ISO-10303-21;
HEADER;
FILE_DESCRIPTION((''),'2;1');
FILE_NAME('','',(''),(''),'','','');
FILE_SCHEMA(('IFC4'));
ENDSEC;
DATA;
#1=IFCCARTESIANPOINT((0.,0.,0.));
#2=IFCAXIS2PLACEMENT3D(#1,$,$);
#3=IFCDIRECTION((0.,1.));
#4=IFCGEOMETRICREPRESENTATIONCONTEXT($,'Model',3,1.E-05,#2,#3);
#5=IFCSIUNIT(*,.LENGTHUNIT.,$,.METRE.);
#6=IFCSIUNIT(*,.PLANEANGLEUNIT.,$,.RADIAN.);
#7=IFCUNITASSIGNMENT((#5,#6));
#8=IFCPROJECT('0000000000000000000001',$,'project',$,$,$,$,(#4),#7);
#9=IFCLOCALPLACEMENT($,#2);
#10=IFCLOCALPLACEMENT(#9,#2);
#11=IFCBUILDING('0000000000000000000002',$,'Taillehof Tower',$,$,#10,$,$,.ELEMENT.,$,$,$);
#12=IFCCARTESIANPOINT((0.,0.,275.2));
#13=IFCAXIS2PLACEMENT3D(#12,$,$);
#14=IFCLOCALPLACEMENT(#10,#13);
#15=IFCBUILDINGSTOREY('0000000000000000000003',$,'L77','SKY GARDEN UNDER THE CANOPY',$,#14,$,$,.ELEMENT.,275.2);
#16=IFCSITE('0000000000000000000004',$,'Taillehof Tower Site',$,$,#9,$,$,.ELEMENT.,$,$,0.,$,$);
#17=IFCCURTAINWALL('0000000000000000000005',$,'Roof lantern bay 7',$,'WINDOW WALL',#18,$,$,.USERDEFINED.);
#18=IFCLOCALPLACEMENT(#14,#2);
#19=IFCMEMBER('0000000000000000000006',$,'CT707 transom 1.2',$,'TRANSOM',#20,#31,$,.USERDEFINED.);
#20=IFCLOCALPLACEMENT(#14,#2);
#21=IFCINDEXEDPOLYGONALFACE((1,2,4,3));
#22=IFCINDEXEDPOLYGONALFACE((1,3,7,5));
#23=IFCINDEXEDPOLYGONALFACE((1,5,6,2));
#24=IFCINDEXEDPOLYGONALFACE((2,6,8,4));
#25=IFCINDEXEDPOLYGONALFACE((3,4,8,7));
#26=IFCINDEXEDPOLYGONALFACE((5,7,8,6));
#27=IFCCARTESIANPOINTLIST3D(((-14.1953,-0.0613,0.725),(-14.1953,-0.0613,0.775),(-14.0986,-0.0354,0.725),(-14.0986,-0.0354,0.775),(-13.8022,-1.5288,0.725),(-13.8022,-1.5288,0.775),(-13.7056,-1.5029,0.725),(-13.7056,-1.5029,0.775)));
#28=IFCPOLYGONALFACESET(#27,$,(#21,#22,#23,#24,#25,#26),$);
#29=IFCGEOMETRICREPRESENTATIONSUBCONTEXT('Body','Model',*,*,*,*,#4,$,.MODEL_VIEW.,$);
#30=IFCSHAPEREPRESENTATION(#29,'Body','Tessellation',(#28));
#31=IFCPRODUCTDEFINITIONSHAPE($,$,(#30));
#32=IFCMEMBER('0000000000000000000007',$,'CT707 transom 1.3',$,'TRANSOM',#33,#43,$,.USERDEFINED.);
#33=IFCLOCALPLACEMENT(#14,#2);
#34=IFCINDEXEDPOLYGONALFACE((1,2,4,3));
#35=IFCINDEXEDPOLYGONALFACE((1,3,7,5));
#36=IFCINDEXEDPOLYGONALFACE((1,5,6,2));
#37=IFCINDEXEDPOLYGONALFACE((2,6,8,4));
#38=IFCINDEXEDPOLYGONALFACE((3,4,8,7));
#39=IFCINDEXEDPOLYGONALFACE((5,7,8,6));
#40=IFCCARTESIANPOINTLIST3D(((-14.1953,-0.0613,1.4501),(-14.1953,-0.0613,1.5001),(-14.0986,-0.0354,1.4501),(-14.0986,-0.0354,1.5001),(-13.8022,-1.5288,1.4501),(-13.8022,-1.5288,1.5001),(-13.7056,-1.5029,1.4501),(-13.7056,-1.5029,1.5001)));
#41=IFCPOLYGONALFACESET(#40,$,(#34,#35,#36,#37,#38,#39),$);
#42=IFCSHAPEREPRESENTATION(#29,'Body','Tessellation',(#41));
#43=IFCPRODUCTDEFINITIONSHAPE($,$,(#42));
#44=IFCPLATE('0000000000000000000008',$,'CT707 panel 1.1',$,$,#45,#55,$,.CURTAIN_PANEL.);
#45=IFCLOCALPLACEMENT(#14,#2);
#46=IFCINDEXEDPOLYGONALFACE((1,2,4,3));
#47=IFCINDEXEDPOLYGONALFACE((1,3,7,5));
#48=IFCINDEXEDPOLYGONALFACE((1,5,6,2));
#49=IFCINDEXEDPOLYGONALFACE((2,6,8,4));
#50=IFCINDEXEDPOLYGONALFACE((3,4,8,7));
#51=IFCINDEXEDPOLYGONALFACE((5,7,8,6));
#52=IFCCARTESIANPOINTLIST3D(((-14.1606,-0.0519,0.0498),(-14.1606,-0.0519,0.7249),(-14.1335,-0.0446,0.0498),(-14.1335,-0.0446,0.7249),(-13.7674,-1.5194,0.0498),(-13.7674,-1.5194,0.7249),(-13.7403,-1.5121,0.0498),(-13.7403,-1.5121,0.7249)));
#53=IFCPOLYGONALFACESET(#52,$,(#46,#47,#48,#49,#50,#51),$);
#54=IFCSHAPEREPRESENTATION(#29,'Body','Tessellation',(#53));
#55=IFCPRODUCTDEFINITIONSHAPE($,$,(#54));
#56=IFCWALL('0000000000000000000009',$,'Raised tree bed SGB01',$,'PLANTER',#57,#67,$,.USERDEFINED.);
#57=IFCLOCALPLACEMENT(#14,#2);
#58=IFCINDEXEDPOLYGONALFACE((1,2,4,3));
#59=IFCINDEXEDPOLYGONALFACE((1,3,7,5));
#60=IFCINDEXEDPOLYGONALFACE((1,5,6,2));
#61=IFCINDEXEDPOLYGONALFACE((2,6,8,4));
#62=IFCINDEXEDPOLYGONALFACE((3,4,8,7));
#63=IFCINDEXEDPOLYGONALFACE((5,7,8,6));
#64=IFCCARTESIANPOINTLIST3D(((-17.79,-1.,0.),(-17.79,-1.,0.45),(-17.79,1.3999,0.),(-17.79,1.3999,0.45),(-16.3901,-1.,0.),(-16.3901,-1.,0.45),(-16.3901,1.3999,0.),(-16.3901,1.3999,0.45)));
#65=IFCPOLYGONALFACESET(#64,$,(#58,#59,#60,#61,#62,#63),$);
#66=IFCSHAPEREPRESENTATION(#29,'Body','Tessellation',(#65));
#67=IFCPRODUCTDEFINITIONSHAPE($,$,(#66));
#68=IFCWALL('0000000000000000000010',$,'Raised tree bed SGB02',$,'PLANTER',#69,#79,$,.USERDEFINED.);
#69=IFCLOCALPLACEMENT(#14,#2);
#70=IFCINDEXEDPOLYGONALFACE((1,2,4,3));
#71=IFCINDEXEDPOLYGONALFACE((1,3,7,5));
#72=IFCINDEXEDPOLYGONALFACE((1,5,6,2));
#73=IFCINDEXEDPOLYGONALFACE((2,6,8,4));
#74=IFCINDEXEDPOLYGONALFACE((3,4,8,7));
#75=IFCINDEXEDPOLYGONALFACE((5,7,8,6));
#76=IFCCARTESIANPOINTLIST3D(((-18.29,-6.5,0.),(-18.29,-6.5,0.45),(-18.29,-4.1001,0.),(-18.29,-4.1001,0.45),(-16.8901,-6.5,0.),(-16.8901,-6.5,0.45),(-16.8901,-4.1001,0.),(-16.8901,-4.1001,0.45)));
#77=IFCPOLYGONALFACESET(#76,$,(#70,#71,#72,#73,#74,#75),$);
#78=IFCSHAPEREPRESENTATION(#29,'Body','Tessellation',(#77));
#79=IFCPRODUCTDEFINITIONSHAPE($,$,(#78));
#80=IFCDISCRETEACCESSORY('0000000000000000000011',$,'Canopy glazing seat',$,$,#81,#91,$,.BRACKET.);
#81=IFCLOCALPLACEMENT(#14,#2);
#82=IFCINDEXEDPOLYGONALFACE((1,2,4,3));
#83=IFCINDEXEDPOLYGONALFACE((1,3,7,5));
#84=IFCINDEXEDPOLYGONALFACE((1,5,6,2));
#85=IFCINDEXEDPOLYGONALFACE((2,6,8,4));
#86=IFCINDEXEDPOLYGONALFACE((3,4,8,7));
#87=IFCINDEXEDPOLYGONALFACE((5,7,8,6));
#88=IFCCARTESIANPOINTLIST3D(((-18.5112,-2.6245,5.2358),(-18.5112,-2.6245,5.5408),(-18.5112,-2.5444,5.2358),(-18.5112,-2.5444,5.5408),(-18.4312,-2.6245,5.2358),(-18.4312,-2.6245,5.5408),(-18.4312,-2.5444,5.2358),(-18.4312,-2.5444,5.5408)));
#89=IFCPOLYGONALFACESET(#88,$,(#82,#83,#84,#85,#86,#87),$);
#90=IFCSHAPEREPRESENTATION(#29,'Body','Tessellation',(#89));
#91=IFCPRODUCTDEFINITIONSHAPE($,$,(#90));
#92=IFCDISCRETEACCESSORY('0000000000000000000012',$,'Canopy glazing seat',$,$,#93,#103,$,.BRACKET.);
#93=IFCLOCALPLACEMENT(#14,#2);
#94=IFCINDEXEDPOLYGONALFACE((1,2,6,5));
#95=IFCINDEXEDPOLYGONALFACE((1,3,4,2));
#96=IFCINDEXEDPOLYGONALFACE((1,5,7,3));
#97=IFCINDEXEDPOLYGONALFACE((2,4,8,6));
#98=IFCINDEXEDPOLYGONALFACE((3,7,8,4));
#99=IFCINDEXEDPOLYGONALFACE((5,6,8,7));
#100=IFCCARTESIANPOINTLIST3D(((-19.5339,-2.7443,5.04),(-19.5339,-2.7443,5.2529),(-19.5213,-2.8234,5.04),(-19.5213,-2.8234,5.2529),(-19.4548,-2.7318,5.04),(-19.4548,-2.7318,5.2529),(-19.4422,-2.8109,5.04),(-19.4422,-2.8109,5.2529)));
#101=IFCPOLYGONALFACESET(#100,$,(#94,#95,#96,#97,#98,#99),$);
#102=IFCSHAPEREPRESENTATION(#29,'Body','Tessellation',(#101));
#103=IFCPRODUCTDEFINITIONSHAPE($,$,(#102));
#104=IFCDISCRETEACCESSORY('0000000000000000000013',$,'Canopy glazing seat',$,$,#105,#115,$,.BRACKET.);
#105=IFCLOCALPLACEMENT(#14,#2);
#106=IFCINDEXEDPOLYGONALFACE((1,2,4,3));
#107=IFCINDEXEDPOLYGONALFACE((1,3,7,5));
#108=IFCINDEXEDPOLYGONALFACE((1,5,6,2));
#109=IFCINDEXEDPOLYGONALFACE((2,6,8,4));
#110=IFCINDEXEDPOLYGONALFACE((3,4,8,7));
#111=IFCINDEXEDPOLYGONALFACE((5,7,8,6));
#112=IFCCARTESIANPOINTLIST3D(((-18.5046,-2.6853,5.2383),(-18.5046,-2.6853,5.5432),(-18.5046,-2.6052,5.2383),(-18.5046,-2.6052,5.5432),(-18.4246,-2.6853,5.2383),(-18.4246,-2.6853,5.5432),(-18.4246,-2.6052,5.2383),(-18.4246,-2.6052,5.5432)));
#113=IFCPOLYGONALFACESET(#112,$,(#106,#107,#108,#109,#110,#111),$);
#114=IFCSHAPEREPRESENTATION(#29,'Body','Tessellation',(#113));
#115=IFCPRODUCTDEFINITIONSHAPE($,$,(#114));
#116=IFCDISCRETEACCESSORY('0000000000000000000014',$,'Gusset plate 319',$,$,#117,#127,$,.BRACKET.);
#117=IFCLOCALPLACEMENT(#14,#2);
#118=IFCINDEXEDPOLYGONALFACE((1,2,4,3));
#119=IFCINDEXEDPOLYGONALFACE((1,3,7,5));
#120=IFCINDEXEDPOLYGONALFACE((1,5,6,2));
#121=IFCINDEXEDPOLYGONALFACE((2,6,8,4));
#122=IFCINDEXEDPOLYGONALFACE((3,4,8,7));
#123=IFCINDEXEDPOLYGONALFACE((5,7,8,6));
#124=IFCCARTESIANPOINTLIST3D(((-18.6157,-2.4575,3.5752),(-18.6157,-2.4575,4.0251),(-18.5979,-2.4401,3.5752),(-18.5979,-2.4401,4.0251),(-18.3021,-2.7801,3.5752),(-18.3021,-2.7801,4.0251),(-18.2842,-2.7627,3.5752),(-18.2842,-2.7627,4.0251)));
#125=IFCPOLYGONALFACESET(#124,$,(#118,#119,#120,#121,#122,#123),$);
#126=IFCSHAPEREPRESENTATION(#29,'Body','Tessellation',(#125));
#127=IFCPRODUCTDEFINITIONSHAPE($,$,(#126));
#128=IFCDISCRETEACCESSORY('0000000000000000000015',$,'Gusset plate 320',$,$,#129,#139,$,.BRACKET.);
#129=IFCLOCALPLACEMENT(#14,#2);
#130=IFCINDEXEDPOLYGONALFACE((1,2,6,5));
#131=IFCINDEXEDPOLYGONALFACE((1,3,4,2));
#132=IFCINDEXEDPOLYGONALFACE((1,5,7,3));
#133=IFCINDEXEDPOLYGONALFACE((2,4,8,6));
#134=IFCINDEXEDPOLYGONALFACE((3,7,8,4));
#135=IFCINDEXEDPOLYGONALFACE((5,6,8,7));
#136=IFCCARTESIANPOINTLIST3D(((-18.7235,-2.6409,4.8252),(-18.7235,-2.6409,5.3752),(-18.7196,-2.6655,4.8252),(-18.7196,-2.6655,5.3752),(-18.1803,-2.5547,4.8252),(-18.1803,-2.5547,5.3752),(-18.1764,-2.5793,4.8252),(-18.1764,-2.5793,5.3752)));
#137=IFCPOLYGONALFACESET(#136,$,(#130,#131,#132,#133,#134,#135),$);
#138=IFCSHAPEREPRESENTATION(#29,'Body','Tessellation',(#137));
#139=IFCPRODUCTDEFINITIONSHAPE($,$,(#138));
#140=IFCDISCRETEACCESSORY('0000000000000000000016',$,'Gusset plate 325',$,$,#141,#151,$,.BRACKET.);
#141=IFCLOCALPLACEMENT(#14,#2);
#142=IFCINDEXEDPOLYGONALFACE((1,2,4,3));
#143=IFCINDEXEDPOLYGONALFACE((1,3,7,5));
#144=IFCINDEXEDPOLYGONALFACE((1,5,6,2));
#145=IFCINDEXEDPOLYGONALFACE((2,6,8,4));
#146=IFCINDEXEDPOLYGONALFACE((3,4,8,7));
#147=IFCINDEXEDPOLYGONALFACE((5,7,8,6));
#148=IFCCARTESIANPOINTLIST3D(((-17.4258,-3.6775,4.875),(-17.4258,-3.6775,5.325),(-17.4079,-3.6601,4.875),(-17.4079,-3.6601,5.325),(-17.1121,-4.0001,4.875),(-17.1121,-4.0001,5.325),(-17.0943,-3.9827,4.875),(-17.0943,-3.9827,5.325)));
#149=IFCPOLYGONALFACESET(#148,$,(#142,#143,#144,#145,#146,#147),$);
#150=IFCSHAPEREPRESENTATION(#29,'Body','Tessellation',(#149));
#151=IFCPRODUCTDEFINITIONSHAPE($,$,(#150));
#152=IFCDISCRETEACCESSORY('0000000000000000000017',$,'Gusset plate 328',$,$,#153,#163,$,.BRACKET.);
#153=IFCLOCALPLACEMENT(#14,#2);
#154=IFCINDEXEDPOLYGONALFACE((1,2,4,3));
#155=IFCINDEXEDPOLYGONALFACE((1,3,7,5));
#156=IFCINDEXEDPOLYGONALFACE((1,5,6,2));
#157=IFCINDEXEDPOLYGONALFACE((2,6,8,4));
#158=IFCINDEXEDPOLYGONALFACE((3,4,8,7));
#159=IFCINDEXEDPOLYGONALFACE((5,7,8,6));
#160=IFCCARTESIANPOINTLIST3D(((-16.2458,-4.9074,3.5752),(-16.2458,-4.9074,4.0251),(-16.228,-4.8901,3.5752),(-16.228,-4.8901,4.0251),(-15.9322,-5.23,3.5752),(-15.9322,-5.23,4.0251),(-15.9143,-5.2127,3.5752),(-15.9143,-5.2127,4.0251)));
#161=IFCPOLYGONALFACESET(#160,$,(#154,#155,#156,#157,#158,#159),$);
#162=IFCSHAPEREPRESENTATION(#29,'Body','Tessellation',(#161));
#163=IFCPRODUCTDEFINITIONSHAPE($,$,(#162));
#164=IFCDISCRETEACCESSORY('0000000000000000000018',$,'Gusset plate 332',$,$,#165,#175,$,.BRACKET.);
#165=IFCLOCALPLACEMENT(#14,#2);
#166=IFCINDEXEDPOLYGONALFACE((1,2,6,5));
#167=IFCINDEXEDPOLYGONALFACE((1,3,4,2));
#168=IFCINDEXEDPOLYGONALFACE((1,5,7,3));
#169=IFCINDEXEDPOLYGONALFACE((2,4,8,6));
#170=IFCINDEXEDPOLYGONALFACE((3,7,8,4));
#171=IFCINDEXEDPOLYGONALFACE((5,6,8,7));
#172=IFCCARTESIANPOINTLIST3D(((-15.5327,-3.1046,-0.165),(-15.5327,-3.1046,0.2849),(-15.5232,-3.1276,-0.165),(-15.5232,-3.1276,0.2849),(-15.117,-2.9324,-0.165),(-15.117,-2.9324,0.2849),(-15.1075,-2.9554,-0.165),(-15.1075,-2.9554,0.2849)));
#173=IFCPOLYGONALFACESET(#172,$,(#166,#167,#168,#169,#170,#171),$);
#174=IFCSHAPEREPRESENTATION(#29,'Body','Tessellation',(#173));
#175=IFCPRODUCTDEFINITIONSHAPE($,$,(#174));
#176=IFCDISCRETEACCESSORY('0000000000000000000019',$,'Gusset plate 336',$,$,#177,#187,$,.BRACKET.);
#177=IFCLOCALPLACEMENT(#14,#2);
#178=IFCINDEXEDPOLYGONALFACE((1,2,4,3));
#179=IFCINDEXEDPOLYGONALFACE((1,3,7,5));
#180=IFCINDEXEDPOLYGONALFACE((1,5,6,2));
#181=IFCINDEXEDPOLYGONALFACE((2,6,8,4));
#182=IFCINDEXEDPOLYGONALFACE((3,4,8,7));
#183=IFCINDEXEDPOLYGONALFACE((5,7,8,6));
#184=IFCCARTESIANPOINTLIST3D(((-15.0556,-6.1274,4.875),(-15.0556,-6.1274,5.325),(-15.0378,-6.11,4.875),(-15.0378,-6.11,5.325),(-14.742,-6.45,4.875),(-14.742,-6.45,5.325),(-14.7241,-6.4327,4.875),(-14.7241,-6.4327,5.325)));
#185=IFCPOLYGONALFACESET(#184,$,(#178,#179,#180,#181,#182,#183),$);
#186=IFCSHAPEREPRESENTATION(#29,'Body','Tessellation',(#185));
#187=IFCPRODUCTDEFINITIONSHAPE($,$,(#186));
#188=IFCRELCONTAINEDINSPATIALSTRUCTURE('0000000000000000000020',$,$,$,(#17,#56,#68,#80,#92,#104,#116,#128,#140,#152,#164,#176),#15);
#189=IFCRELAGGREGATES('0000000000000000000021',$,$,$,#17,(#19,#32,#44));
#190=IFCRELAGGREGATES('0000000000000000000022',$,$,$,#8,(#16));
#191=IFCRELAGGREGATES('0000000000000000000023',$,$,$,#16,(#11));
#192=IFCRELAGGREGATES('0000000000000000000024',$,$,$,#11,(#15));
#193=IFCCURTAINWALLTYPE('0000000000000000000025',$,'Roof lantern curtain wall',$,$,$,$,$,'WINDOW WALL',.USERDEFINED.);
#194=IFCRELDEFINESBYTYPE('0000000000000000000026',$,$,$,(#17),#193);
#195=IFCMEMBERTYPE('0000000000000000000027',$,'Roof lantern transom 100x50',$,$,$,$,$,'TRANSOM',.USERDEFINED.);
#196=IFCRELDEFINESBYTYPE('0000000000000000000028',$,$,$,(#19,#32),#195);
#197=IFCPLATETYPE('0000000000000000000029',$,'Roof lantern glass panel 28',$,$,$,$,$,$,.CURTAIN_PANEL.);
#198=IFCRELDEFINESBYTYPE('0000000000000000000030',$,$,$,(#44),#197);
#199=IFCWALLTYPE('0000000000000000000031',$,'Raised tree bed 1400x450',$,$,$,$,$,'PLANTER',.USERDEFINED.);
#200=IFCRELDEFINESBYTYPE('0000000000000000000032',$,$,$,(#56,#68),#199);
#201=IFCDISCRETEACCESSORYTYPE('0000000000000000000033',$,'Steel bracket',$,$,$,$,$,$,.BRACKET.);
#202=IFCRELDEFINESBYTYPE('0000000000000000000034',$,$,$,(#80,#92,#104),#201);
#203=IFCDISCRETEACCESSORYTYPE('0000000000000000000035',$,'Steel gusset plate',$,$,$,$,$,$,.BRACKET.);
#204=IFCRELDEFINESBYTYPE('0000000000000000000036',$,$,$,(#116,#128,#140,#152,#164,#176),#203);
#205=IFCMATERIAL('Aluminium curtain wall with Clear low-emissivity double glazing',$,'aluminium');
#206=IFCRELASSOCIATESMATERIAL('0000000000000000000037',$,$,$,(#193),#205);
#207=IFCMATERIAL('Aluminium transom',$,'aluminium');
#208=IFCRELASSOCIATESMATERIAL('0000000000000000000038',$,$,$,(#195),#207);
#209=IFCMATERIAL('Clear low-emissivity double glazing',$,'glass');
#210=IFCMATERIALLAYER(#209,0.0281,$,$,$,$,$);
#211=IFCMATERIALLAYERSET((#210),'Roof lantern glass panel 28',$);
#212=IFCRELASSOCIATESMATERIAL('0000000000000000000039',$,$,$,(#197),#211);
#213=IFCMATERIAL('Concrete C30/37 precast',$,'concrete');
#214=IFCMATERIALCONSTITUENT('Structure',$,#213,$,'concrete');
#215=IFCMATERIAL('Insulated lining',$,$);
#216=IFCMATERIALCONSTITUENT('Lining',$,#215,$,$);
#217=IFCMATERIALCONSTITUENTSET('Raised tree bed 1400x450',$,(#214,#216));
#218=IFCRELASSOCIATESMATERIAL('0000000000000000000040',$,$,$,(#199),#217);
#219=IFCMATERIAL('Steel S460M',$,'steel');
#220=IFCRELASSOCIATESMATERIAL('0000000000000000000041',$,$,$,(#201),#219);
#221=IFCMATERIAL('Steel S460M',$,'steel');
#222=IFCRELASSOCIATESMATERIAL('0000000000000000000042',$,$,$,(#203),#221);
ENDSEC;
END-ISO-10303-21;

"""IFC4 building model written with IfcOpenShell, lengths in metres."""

from ifc_helpers import new_model, si_unit, direction, frame, frame_2d, origin, origin_2d, place, context, subcontext, project, spatial, rectangle, extrude, material, layer, layer_set, constituent, constituent_set, material_profile, profile_set, type_object, element, aggregate, save


model = new_model("IFC4")

# Units and contexts
model_context = context("Model", 3, precision=1e-05, world=origin(), true_north=direction((0.0, 1.0)))
body_context = subcontext(model_context, "Body", "Model", "MODEL_VIEW")
ifc_project = project(units=[si_unit("LENGTHUNIT", "METRE"), si_unit("PLANEANGLEUNIT", "RADIAN")], contexts=[model_context])

# Site, building, storey
site_placement = place(None, origin())
site = spatial("IfcSite", under=ifc_project, at=site_placement, Name="Taillehof Tower Site", CompositionType="ELEMENT", RefElevation=0.0)
building_placement = place(site_placement, origin())
building = spatial("IfcBuilding", under=site, at=building_placement, Name="Taillehof Tower", CompositionType="ELEMENT")
storey_placement = place(building_placement, frame((0.0, 0.0, 275.2)))
storey = spatial("IfcBuildingStorey", under=building, at=storey_placement, Name="L77", Description="SKY GARDEN UNDER THE CANOPY", CompositionType="ELEMENT", Elevation=275.2)

# Curtain wall, members, plate
ifc_material_1 = material(Name="Aluminium curtain wall with Clear low-emissivity double glazing", Category="aluminium")
curtain_wall_type = type_object("IfcCurtainWallType", Name="Roof lantern curtain wall", ElementType="WINDOW WALL", PredefinedType="USERDEFINED", material=ifc_material_1)
curtain_wall_placement = place(storey_placement, origin())
curtain_wall = element("IfcCurtainWall", 1, at=curtain_wall_placement, inside=storey, type_object=curtain_wall_type, Name="Roof lantern bay 7", ObjectType="WINDOW WALL", PredefinedType="USERDEFINED")
ifc_material_2 = material(Name="Aluminium transom", Category="aluminium")
ifc_material_profile_1 = material_profile(ifc_material_2, rectangle(XDim=0.1001, YDim=0.05, at=origin_2d()), Name="AL 100x50")
ifc_profile_set_1 = profile_set([ifc_material_profile_1], Name="Aluminium transom")
member_type_1 = type_object("IfcMemberType", Name="Roof lantern transom 100x50", ElementType="TRANSOM", PredefinedType="USERDEFINED", material=ifc_profile_set_1)
member_1_placement = place(storey_placement, frame((-14.147, -0.0483, 0.75), z_axis=(0.258723, -0.965952, 0.0), x_axis=(0.965952, 0.258723, 0.0)))
member_1 = element("IfcMember", 2, at=member_1_placement, type_object=member_type_1, Name="CT707 transom 1.2", ObjectType="TRANSOM", PredefinedType="USERDEFINED", context=body_context, shape_type="SweptSolid", body=[
    extrude(rectangle(XDim=0.1001, YDim=0.05, at=origin_2d()), origin(), (0.0, 0.0, 1.0), 1.5193),
])
member_2_placement = place(storey_placement, frame((-14.147, -0.0483, 1.4751), z_axis=(0.258723, -0.965952, 0.0), x_axis=(0.965952, 0.258723, 0.0)))
member_2 = element("IfcMember", 3, at=member_2_placement, type_object=member_type_1, Name="CT707 transom 1.3", ObjectType="TRANSOM", PredefinedType="USERDEFINED", context=body_context, shape_type="SweptSolid", body=[
    extrude(rectangle(XDim=0.1001, YDim=0.05, at=origin_2d()), origin(), (0.0, 0.0, 1.0), 1.5193),
])
ifc_material_3 = material(Name="Clear low-emissivity double glazing", Category="glass")
ifc_layer = layer(ifc_material_3, 0.0281)
ifc_layer_set = layer_set([ifc_layer], Name="Roof lantern glass panel 28")
plate_type = type_object("IfcPlateType", Name="Roof lantern glass panel 28", PredefinedType="CURTAIN_PANEL", material=ifc_layer_set)
plate_placement = place(storey_placement, frame((-13.9504, -0.782, 0.0498), z_axis=(0.0, 0.0, 1.0), x_axis=(0.258819, -0.965926, 0.0)))
plate = element("IfcPlate", 4, at=plate_placement, type_object=plate_type, Name="CT707 panel 1.1", PredefinedType="CURTAIN_PANEL", context=body_context, shape_type="SweptSolid", body=[
    extrude(rectangle(XDim=1.5193, YDim=0.0281, at=origin_2d()), origin(), (0.0, 0.0, 1.0), 0.675),
])
aggregate(curtain_wall, [member_1, member_2, plate])

# Walls
ifc_material_4 = material(Name="Concrete C30/37 precast", Category="concrete")
ifc_constituent_1 = constituent(ifc_material_4, Name="Structure", Category="concrete")
ifc_material_5 = material(Name="Insulated lining")
ifc_constituent_2 = constituent(ifc_material_5, Name="Lining")
ifc_constituent_set = constituent_set(constituents=[ifc_constituent_1, ifc_constituent_2], Name="Raised tree bed 1400x450")
wall_type = type_object("IfcWallType", Name="Raised tree bed 1400x450", ElementType="PLANTER", PredefinedType="USERDEFINED", material=ifc_constituent_set)
for number, where, z_axis, x_axis, name in (
    (5, (-17.0901, -1.0, 0.0), (0.0, 0.0, 1.0), (0.0, 1.0, 0.0), "Raised tree bed SGB01"),
    (6, (-17.5901, -6.5, 0.0), (0.0, 0.0, 1.0), (0.0, 1.0, 0.0), "Raised tree bed SGB02"),
):
    element("IfcWall", number, at=place(storey_placement, frame(where, z_axis=z_axis, x_axis=x_axis)), inside=storey, type_object=wall_type, Name=name, ObjectType="PLANTER", PredefinedType="USERDEFINED", context=body_context, shape_type="SweptSolid", body=[
        extrude(rectangle(XDim=2.3999, YDim=1.3999, at=frame_2d((1.2, 0.0))), origin(), (0.0, 0.0, 1.0), 0.45),
    ])

# Discrete accessories
ifc_material_6 = material(Name="Steel S460M", Category="steel")
discrete_accessory_type_1 = type_object("IfcDiscreteAccessoryType", Name="Steel bracket", PredefinedType="BRACKET", material=ifc_material_6)
discrete_accessory_1_placement = place(storey_placement, frame((-18.4712, -2.5845, 5.2358), z_axis=(0.0, 0.0, 1.0), x_axis=(1.0, 0.0, 0.0)))
element("IfcDiscreteAccessory", 7, at=discrete_accessory_1_placement, inside=storey, type_object=discrete_accessory_type_1, Name="Canopy glazing seat", PredefinedType="BRACKET", context=body_context, shape_type="SweptSolid", body=[
    extrude(rectangle(XDim=0.0801, YDim=0.0801, at=origin_2d()), origin(), (0.0, 0.0, 1.0), 0.3049),
])
discrete_accessory_2_placement = place(storey_placement, frame((-19.488, -2.7776, 5.04), z_axis=(0.0, 0.0, 1.0), x_axis=(0.987651, 0.156672, 0.0)))
element("IfcDiscreteAccessory", 8, at=discrete_accessory_2_placement, inside=storey, type_object=discrete_accessory_type_1, Name="Canopy glazing seat", PredefinedType="BRACKET", context=body_context, shape_type="SweptSolid", body=[
    extrude(rectangle(XDim=0.0801, YDim=0.0801, at=origin_2d()), origin(), (0.0, 0.0, 1.0), 0.2129),
])
discrete_accessory_3_placement = place(storey_placement, frame((-18.4646, -2.6453, 5.2383), z_axis=(0.0, 0.0, 1.0), x_axis=(1.0, 0.0, 0.0)))
element("IfcDiscreteAccessory", 9, at=discrete_accessory_3_placement, inside=storey, type_object=discrete_accessory_type_1, Name="Canopy glazing seat", PredefinedType="BRACKET", context=body_context, shape_type="SweptSolid", body=[
    extrude(rectangle(XDim=0.0801, YDim=0.0801, at=origin_2d()), origin(), (0.0, 0.0, 1.0), 0.3049),
])
ifc_material_7 = material(Name="Steel S460M", Category="steel")
discrete_accessory_type_2 = type_object("IfcDiscreteAccessoryType", Name="Steel gusset plate", PredefinedType="BRACKET", material=ifc_material_7)
discrete_accessory_4_placement = place(storey_placement, frame((-18.45, -2.6101, 3.5752), z_axis=(0.0, 0.0, 1.0), x_axis=(0.697084, -0.71699, 0.0)))
element("IfcDiscreteAccessory", 10, at=discrete_accessory_4_placement, inside=storey, type_object=discrete_accessory_type_2, Name="Gusset plate 319", PredefinedType="BRACKET", context=body_context, shape_type="SweptSolid", body=[
    extrude(rectangle(XDim=0.45, YDim=0.0249, at=origin_2d()), origin(), (0.0, 0.0, 1.0), 0.45),
])
discrete_accessory_5_placement = place(storey_placement, frame((-18.45, -2.6101, 4.8252), z_axis=(0.0, 0.0, 1.0), x_axis=(0.987635, 0.156771, 0.0)))
element("IfcDiscreteAccessory", 11, at=discrete_accessory_5_placement, inside=storey, type_object=discrete_accessory_type_2, Name="Gusset plate 320", PredefinedType="BRACKET", context=body_context, shape_type="SweptSolid", body=[
    extrude(rectangle(XDim=0.55, YDim=0.0249, at=origin_2d()), origin(), (0.0, 0.0, 1.0), 0.55),
])
for number, where, z_axis, x_axis, name in (
    (12, (-17.26, -3.8301, 4.875), (0.0, 0.0, 1.0), (0.697084, -0.71699, 0.0), "Gusset plate 325"),
    (13, (-16.0801, -5.0601, 3.5752), (0.0, 0.0, 1.0), (0.697084, -0.71699, 0.0), "Gusset plate 328"),
    (14, (-15.3201, -3.03, -0.165), (0.0, 0.0, 1.0), (0.923879, 0.382685, 0.0), "Gusset plate 332"),
    (15, (-14.8899, -6.28, 4.875), (0.0, 0.0, 1.0), (0.697086, -0.716987, 0.0), "Gusset plate 336"),
):
    element("IfcDiscreteAccessory", number, at=place(storey_placement, frame(where, z_axis=z_axis, x_axis=x_axis)), inside=storey, type_object=discrete_accessory_type_2, Name=name, PredefinedType="BRACKET", context=body_context, shape_type="SweptSolid", body=[
        extrude(rectangle(XDim=0.45, YDim=0.0249, at=origin_2d()), origin(), (0.0, 0.0, 1.0), 0.45),
    ])

save(model, "model.ifc")
